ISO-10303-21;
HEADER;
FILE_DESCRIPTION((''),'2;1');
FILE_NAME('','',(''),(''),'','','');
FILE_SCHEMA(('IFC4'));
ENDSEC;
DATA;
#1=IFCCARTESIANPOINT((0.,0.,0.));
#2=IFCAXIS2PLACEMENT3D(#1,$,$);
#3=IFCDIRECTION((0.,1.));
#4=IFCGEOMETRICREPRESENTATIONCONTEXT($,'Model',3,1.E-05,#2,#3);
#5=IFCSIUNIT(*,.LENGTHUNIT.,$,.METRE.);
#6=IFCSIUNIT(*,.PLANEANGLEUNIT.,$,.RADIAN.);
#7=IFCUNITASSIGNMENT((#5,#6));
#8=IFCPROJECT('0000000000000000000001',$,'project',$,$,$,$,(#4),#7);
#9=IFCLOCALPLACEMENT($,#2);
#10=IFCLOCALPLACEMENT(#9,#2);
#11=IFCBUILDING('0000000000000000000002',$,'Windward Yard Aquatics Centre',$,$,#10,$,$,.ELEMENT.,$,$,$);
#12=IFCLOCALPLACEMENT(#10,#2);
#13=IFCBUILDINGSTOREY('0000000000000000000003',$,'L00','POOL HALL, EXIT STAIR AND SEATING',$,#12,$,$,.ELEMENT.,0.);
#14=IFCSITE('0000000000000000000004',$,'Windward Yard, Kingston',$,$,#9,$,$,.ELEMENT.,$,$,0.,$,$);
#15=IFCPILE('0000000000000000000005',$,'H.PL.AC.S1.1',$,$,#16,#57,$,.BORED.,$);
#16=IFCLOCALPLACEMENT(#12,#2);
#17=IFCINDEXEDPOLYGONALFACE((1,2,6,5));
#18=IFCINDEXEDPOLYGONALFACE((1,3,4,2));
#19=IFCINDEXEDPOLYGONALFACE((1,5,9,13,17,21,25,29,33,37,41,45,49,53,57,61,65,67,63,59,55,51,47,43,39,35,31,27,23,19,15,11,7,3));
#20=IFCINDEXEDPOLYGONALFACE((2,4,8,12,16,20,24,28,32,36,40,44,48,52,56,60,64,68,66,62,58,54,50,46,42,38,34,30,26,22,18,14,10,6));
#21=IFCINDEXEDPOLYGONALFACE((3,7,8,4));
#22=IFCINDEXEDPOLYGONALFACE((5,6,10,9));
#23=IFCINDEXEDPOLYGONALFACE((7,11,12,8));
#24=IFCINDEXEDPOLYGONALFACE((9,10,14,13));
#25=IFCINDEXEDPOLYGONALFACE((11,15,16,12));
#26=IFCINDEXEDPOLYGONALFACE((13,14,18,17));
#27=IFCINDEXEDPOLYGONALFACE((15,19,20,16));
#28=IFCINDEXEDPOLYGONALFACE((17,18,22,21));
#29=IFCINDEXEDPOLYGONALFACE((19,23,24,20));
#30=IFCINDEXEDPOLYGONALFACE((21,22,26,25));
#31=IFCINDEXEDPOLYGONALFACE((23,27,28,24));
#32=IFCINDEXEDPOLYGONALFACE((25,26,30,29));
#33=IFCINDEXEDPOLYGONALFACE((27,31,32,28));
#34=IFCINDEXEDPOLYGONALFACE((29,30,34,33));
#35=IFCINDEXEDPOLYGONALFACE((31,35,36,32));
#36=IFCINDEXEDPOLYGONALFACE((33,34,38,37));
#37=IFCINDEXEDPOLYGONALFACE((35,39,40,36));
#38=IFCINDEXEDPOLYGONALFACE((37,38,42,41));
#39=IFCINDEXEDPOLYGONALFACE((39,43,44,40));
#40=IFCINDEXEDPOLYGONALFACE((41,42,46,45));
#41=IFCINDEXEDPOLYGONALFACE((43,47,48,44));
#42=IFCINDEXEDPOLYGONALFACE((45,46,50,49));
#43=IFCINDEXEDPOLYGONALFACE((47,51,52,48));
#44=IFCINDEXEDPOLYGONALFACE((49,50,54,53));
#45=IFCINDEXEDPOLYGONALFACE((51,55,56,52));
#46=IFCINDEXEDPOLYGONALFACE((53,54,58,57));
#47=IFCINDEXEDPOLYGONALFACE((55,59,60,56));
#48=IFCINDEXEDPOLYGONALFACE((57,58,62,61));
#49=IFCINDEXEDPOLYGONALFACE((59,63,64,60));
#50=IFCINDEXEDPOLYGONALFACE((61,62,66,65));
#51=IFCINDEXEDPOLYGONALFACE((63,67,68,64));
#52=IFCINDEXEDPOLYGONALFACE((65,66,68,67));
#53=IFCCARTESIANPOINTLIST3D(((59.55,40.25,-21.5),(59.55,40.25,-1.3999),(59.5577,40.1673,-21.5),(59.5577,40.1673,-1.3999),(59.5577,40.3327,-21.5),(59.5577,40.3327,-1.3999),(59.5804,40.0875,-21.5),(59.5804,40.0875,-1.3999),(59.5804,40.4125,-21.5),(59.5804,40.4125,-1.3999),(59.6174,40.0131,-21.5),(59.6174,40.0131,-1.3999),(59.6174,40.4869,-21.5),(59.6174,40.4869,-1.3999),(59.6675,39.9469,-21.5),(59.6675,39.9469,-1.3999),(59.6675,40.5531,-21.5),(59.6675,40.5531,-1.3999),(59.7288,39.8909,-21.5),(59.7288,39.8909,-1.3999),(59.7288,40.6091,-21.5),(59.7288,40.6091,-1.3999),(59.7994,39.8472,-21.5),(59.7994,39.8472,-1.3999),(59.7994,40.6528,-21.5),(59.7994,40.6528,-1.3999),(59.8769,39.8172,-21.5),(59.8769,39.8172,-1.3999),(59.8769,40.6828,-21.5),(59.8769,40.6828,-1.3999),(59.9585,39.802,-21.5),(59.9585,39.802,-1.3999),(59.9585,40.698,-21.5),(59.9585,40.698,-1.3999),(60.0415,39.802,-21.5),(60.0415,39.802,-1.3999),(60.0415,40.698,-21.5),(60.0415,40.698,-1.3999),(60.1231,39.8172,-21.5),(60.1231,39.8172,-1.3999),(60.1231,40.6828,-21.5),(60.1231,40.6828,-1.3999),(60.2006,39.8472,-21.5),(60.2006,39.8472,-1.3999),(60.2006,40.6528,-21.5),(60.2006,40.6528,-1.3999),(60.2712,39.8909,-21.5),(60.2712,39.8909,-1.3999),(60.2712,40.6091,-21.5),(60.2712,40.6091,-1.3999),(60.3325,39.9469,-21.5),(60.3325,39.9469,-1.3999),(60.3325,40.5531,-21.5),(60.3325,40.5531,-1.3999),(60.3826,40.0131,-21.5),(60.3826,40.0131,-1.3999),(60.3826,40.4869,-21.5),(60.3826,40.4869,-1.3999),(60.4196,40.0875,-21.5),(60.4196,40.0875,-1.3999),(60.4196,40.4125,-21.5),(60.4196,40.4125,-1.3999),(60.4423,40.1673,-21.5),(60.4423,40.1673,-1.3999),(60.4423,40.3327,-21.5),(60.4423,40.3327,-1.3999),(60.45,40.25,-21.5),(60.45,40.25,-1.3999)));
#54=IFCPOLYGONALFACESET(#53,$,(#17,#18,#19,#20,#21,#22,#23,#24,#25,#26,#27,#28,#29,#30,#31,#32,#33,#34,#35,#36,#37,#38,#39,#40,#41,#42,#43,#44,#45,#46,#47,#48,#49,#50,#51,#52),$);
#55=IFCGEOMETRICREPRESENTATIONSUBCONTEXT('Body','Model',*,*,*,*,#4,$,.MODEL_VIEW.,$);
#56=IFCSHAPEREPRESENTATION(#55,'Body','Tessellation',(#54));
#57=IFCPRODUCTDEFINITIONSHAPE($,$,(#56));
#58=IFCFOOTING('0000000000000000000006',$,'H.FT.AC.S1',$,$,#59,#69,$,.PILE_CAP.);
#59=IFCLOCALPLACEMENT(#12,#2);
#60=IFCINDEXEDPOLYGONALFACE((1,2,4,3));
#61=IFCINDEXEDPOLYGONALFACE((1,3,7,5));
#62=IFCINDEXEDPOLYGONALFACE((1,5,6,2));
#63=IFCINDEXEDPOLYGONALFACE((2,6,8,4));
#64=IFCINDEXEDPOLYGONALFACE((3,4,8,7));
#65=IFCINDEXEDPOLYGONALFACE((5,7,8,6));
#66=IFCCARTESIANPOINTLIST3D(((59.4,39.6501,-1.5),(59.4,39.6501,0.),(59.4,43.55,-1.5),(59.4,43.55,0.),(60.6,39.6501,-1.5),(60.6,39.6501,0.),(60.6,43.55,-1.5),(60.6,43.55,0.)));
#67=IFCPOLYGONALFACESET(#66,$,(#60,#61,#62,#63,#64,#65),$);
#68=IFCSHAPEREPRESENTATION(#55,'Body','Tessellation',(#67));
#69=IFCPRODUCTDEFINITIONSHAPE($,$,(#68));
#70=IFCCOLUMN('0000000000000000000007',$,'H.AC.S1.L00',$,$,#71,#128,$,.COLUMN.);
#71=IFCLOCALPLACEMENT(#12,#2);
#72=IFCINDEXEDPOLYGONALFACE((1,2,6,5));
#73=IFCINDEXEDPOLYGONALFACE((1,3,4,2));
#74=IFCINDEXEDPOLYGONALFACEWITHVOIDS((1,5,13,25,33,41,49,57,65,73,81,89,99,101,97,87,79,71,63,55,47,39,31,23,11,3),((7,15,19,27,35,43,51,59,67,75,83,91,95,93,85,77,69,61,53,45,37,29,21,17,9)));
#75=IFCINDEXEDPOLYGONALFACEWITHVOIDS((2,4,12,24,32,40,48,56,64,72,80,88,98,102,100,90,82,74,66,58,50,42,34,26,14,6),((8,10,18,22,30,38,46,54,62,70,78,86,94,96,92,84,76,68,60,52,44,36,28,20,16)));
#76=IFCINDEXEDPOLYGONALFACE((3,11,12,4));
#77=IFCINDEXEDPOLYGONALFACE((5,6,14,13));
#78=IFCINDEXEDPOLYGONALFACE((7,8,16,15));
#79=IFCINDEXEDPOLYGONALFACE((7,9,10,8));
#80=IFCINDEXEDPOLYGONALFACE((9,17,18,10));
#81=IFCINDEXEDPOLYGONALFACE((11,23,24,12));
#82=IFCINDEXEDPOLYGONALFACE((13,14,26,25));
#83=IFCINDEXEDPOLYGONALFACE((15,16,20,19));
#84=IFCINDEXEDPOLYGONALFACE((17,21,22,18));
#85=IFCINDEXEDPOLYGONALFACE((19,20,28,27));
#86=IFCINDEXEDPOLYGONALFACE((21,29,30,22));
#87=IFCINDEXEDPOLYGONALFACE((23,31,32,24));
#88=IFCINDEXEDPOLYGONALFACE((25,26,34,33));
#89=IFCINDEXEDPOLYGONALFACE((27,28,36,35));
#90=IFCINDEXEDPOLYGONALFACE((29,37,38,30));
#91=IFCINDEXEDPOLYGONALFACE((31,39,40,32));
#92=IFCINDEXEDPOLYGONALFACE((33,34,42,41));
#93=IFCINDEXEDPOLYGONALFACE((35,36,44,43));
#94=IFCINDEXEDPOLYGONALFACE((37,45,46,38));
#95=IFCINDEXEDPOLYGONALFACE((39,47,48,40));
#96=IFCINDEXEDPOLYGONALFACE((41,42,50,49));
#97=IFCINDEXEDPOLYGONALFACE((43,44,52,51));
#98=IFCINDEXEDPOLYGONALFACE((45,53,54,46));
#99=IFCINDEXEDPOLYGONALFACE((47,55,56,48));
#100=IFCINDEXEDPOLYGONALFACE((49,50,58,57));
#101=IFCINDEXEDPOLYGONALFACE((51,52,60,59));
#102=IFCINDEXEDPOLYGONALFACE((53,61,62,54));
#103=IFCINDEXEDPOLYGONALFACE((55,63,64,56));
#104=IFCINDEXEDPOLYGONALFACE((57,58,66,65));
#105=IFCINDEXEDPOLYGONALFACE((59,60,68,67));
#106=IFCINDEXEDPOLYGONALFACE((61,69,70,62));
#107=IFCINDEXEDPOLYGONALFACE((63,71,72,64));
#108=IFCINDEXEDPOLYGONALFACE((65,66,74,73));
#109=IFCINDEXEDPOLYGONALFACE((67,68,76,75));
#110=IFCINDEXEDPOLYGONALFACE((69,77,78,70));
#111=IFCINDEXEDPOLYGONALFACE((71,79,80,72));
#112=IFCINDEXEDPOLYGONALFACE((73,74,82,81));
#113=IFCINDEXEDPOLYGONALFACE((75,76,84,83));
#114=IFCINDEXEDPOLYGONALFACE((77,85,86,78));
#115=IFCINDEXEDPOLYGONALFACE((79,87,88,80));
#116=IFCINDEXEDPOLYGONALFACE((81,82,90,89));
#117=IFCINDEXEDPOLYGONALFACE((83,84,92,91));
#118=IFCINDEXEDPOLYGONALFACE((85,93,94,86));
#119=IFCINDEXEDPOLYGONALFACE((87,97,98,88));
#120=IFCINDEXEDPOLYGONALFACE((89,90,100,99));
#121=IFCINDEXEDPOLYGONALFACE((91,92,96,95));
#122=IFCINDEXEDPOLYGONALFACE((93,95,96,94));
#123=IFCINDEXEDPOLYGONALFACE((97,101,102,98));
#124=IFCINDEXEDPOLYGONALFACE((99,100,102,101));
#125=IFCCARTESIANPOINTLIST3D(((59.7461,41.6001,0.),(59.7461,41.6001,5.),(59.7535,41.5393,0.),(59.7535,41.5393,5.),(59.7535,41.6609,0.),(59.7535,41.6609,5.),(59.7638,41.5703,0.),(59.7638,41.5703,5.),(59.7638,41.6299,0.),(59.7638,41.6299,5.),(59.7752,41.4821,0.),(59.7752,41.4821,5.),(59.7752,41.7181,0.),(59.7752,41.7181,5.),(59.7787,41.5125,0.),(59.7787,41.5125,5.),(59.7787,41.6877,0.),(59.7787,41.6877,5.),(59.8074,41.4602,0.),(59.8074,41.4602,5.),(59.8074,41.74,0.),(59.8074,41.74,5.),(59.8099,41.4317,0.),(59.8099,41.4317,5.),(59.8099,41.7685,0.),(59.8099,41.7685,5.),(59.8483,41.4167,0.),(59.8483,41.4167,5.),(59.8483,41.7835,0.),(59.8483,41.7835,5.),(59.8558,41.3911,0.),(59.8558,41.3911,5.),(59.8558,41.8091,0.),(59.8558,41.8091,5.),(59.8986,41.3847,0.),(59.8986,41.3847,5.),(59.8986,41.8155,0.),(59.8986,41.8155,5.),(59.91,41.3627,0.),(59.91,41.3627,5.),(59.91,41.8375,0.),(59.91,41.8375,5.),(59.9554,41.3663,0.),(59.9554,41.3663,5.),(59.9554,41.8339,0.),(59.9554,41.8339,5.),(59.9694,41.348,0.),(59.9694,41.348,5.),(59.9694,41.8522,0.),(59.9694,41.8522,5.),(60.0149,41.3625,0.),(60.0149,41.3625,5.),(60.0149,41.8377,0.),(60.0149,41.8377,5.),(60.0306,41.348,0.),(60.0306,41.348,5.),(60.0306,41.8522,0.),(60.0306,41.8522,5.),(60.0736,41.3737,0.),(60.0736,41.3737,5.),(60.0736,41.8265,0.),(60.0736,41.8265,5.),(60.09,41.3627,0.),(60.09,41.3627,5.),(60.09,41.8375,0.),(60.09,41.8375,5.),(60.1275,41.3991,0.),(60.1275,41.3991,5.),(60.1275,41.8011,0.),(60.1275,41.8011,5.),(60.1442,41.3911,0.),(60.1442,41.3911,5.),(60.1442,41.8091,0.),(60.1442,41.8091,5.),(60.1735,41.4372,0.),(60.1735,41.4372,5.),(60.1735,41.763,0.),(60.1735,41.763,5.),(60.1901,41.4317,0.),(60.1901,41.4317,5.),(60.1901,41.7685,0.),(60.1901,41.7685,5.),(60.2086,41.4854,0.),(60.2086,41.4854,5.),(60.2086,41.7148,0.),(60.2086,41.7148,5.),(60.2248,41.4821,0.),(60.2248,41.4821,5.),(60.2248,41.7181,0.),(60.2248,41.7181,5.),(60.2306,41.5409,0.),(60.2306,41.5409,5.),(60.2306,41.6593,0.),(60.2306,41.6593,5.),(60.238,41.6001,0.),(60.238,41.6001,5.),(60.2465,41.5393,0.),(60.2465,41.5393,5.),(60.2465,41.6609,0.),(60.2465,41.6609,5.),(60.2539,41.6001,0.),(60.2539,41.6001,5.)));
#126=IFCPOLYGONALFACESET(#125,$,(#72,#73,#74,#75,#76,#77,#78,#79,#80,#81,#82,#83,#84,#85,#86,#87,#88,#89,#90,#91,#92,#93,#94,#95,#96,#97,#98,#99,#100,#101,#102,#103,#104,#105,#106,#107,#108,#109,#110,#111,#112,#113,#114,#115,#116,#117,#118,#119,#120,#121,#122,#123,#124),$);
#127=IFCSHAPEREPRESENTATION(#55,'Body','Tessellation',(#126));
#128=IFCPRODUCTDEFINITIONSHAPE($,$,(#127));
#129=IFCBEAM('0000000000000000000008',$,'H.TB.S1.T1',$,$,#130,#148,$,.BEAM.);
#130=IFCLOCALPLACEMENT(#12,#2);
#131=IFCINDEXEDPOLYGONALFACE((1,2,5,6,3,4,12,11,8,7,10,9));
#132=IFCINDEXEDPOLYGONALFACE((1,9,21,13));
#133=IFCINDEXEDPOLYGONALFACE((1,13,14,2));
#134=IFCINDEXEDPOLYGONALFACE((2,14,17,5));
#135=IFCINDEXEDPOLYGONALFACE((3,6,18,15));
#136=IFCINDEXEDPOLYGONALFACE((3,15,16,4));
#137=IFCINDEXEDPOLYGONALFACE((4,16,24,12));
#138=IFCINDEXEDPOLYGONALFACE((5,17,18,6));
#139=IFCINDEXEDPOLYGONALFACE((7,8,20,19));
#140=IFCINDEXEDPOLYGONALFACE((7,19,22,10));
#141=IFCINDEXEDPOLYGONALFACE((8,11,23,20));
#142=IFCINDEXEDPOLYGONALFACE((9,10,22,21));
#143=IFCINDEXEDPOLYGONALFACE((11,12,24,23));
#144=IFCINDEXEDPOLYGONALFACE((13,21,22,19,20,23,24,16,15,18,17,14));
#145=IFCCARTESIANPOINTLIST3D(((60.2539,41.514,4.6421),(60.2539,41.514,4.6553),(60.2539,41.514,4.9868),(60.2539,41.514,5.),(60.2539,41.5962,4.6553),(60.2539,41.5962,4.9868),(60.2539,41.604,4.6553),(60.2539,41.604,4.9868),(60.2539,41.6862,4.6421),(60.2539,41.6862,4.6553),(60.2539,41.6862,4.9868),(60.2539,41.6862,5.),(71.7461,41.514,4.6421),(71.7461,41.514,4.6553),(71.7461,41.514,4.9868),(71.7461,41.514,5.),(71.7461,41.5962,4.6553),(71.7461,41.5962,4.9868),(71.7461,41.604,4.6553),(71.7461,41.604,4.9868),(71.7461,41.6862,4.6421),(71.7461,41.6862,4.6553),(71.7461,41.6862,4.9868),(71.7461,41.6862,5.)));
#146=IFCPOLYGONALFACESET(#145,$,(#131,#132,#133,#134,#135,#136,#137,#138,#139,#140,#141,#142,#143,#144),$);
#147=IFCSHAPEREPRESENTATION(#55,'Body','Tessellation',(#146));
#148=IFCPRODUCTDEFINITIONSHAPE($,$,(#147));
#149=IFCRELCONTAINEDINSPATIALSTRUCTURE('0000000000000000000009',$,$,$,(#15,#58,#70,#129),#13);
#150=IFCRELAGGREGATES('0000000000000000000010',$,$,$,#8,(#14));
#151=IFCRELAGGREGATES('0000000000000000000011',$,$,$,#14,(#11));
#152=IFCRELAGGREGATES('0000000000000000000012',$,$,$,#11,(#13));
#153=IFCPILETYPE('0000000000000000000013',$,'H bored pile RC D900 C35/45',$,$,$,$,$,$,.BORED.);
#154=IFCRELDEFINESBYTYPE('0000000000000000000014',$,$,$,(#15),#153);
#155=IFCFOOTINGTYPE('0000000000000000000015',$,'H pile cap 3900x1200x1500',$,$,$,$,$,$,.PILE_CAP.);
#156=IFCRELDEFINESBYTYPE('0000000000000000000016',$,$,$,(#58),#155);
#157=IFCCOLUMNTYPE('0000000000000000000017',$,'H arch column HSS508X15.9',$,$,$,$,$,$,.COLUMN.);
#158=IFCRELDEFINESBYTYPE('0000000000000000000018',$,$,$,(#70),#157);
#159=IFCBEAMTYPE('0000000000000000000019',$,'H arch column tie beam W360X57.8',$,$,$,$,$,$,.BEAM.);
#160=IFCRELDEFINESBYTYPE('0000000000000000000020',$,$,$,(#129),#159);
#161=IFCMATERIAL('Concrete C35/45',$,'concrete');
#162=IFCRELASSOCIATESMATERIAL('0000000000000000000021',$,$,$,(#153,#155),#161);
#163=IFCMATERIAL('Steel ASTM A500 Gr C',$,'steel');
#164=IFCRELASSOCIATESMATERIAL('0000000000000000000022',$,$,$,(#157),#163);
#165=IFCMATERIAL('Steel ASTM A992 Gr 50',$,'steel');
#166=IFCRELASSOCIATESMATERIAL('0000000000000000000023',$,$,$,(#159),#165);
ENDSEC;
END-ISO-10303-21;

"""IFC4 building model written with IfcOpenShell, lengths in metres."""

from ifc_helpers import new_model, si_unit, direction, frame, origin, origin_2d, place, context, subcontext, project, spatial, rectangle, circle, hollow_circle, i_section, extrude, material, material_profile, profile_set, type_object, element, save


model = new_model("IFC4")

# Units and contexts
model_context = context("Model", 3, precision=1e-05, world=origin(), true_north=direction((0.0, 1.0)))
body_context = subcontext(model_context, "Body", "Model", "MODEL_VIEW")
ifc_project = project(units=[si_unit("LENGTHUNIT", "METRE"), si_unit("PLANEANGLEUNIT", "RADIAN")], contexts=[model_context])

# Site, building, storey
site_placement = place(None, origin())
site = spatial("IfcSite", under=ifc_project, at=site_placement, Name="Windward Yard, Kingston", CompositionType="ELEMENT", RefElevation=0.0)
building_placement = place(site_placement, origin())
building = spatial("IfcBuilding", under=site, at=building_placement, Name="Windward Yard Aquatics Centre", CompositionType="ELEMENT")
storey_placement = place(building_placement, origin())
storey = spatial("IfcBuildingStorey", under=building, at=storey_placement, Name="L00", Description="POOL HALL, EXIT STAIR AND SEATING", CompositionType="ELEMENT", Elevation=0.0)

# Pile
ifc_material_1 = material(Name="Concrete C35/45", Category="concrete")
ifc_material_profile_1 = material_profile(ifc_material_1, circle(Radius=0.45, at=origin_2d()), Name="RC D900")
ifc_profile_set_1 = profile_set([ifc_material_profile_1], Name="Concrete C35/45")
pile_type = type_object("IfcPileType", Name="H bored pile RC D900 C35/45", PredefinedType="BORED", material=ifc_profile_set_1)
pile_placement = place(storey_placement, frame((60.0, 40.25, -1.3999), z_axis=(0.0, 0.0, -1.0), x_axis=(1.0, 0.0, 0.0)))
element("IfcPile", 1, at=pile_placement, inside=storey, type_object=pile_type, Name="H.PL.AC.S1.1", PredefinedType="BORED", context=body_context, shape_type="SweptSolid", body=[
    extrude(circle(Radius=0.45, at=origin_2d()), origin(), (0.0, 0.0, 1.0), 20.1001),
])

# Footing
footing_type = type_object("IfcFootingType", Name="H pile cap 3900x1200x1500", PredefinedType="PILE_CAP", material=ifc_material_1)
footing_placement = place(storey_placement, frame((60.0, 41.6001, -1.5), z_axis=(0.0, 0.0, 1.0), x_axis=(0.0, 1.0, 0.0)))
element("IfcFooting", 2, at=footing_placement, inside=storey, type_object=footing_type, Name="H.FT.AC.S1", PredefinedType="PILE_CAP", context=body_context, shape_type="SweptSolid", body=[
    extrude(rectangle(XDim=3.8999, YDim=1.2, at=origin_2d()), origin(), (0.0, 0.0, 1.0), 1.5),
])

# Column
ifc_material_2 = material(Name="Steel ASTM A500 Gr C", Category="steel")
ifc_material_profile_2 = material_profile(ifc_material_2, hollow_circle(Radius=0.2539, WallThickness=0.0159, at=origin_2d()), Name="HSS508X15.9")
ifc_profile_set_2 = profile_set([ifc_material_profile_2], Name="Steel ASTM A500 Gr C")
column_type = type_object("IfcColumnType", Name="H arch column HSS508X15.9", PredefinedType="COLUMN", material=ifc_profile_set_2)
column_placement = place(storey_placement, frame((60.0, 41.6001, 0.0), z_axis=(0.0, 0.0, 1.0), x_axis=(1.0, 0.0, 0.0)))
element("IfcColumn", 3, at=column_placement, inside=storey, type_object=column_type, Name="H.AC.S1.L00", PredefinedType="COLUMN", context=body_context, shape_type="SweptSolid", body=[
    extrude(hollow_circle(Radius=0.2539, WallThickness=0.0159, at=origin_2d()), origin(), (0.0, 0.0, 1.0), 5.0),
])

# Beam
ifc_material_3 = material(Name="Steel ASTM A992 Gr 50", Category="steel")
ifc_material_profile_3 = material_profile(ifc_material_3, i_section(OverallWidth=0.1721, OverallDepth=0.3579, WebThickness=0.0078, FlangeThickness=0.0132, at=origin_2d()), Name="W360X57.8")
ifc_profile_set_3 = profile_set([ifc_material_profile_3], Name="Steel ASTM A992 Gr 50")
beam_type = type_object("IfcBeamType", Name="H arch column tie beam W360X57.8", PredefinedType="BEAM", material=ifc_profile_set_3)
beam_placement = place(storey_placement, frame((60.2539, 41.6001, 4.821), z_axis=(1.0, 0.0, 0.0), x_axis=(0.0, 1.0, 0.0)))
element("IfcBeam", 4, at=beam_placement, inside=storey, type_object=beam_type, Name="H.TB.S1.T1", PredefinedType="BEAM", context=body_context, shape_type="SweptSolid", body=[
    extrude(i_section(OverallWidth=0.1721, OverallDepth=0.3579, WebThickness=0.0078, FlangeThickness=0.0132, at=origin_2d()), origin(), (0.0, 0.0, 1.0), 11.4922),
])

save(model, "model.ifc")
